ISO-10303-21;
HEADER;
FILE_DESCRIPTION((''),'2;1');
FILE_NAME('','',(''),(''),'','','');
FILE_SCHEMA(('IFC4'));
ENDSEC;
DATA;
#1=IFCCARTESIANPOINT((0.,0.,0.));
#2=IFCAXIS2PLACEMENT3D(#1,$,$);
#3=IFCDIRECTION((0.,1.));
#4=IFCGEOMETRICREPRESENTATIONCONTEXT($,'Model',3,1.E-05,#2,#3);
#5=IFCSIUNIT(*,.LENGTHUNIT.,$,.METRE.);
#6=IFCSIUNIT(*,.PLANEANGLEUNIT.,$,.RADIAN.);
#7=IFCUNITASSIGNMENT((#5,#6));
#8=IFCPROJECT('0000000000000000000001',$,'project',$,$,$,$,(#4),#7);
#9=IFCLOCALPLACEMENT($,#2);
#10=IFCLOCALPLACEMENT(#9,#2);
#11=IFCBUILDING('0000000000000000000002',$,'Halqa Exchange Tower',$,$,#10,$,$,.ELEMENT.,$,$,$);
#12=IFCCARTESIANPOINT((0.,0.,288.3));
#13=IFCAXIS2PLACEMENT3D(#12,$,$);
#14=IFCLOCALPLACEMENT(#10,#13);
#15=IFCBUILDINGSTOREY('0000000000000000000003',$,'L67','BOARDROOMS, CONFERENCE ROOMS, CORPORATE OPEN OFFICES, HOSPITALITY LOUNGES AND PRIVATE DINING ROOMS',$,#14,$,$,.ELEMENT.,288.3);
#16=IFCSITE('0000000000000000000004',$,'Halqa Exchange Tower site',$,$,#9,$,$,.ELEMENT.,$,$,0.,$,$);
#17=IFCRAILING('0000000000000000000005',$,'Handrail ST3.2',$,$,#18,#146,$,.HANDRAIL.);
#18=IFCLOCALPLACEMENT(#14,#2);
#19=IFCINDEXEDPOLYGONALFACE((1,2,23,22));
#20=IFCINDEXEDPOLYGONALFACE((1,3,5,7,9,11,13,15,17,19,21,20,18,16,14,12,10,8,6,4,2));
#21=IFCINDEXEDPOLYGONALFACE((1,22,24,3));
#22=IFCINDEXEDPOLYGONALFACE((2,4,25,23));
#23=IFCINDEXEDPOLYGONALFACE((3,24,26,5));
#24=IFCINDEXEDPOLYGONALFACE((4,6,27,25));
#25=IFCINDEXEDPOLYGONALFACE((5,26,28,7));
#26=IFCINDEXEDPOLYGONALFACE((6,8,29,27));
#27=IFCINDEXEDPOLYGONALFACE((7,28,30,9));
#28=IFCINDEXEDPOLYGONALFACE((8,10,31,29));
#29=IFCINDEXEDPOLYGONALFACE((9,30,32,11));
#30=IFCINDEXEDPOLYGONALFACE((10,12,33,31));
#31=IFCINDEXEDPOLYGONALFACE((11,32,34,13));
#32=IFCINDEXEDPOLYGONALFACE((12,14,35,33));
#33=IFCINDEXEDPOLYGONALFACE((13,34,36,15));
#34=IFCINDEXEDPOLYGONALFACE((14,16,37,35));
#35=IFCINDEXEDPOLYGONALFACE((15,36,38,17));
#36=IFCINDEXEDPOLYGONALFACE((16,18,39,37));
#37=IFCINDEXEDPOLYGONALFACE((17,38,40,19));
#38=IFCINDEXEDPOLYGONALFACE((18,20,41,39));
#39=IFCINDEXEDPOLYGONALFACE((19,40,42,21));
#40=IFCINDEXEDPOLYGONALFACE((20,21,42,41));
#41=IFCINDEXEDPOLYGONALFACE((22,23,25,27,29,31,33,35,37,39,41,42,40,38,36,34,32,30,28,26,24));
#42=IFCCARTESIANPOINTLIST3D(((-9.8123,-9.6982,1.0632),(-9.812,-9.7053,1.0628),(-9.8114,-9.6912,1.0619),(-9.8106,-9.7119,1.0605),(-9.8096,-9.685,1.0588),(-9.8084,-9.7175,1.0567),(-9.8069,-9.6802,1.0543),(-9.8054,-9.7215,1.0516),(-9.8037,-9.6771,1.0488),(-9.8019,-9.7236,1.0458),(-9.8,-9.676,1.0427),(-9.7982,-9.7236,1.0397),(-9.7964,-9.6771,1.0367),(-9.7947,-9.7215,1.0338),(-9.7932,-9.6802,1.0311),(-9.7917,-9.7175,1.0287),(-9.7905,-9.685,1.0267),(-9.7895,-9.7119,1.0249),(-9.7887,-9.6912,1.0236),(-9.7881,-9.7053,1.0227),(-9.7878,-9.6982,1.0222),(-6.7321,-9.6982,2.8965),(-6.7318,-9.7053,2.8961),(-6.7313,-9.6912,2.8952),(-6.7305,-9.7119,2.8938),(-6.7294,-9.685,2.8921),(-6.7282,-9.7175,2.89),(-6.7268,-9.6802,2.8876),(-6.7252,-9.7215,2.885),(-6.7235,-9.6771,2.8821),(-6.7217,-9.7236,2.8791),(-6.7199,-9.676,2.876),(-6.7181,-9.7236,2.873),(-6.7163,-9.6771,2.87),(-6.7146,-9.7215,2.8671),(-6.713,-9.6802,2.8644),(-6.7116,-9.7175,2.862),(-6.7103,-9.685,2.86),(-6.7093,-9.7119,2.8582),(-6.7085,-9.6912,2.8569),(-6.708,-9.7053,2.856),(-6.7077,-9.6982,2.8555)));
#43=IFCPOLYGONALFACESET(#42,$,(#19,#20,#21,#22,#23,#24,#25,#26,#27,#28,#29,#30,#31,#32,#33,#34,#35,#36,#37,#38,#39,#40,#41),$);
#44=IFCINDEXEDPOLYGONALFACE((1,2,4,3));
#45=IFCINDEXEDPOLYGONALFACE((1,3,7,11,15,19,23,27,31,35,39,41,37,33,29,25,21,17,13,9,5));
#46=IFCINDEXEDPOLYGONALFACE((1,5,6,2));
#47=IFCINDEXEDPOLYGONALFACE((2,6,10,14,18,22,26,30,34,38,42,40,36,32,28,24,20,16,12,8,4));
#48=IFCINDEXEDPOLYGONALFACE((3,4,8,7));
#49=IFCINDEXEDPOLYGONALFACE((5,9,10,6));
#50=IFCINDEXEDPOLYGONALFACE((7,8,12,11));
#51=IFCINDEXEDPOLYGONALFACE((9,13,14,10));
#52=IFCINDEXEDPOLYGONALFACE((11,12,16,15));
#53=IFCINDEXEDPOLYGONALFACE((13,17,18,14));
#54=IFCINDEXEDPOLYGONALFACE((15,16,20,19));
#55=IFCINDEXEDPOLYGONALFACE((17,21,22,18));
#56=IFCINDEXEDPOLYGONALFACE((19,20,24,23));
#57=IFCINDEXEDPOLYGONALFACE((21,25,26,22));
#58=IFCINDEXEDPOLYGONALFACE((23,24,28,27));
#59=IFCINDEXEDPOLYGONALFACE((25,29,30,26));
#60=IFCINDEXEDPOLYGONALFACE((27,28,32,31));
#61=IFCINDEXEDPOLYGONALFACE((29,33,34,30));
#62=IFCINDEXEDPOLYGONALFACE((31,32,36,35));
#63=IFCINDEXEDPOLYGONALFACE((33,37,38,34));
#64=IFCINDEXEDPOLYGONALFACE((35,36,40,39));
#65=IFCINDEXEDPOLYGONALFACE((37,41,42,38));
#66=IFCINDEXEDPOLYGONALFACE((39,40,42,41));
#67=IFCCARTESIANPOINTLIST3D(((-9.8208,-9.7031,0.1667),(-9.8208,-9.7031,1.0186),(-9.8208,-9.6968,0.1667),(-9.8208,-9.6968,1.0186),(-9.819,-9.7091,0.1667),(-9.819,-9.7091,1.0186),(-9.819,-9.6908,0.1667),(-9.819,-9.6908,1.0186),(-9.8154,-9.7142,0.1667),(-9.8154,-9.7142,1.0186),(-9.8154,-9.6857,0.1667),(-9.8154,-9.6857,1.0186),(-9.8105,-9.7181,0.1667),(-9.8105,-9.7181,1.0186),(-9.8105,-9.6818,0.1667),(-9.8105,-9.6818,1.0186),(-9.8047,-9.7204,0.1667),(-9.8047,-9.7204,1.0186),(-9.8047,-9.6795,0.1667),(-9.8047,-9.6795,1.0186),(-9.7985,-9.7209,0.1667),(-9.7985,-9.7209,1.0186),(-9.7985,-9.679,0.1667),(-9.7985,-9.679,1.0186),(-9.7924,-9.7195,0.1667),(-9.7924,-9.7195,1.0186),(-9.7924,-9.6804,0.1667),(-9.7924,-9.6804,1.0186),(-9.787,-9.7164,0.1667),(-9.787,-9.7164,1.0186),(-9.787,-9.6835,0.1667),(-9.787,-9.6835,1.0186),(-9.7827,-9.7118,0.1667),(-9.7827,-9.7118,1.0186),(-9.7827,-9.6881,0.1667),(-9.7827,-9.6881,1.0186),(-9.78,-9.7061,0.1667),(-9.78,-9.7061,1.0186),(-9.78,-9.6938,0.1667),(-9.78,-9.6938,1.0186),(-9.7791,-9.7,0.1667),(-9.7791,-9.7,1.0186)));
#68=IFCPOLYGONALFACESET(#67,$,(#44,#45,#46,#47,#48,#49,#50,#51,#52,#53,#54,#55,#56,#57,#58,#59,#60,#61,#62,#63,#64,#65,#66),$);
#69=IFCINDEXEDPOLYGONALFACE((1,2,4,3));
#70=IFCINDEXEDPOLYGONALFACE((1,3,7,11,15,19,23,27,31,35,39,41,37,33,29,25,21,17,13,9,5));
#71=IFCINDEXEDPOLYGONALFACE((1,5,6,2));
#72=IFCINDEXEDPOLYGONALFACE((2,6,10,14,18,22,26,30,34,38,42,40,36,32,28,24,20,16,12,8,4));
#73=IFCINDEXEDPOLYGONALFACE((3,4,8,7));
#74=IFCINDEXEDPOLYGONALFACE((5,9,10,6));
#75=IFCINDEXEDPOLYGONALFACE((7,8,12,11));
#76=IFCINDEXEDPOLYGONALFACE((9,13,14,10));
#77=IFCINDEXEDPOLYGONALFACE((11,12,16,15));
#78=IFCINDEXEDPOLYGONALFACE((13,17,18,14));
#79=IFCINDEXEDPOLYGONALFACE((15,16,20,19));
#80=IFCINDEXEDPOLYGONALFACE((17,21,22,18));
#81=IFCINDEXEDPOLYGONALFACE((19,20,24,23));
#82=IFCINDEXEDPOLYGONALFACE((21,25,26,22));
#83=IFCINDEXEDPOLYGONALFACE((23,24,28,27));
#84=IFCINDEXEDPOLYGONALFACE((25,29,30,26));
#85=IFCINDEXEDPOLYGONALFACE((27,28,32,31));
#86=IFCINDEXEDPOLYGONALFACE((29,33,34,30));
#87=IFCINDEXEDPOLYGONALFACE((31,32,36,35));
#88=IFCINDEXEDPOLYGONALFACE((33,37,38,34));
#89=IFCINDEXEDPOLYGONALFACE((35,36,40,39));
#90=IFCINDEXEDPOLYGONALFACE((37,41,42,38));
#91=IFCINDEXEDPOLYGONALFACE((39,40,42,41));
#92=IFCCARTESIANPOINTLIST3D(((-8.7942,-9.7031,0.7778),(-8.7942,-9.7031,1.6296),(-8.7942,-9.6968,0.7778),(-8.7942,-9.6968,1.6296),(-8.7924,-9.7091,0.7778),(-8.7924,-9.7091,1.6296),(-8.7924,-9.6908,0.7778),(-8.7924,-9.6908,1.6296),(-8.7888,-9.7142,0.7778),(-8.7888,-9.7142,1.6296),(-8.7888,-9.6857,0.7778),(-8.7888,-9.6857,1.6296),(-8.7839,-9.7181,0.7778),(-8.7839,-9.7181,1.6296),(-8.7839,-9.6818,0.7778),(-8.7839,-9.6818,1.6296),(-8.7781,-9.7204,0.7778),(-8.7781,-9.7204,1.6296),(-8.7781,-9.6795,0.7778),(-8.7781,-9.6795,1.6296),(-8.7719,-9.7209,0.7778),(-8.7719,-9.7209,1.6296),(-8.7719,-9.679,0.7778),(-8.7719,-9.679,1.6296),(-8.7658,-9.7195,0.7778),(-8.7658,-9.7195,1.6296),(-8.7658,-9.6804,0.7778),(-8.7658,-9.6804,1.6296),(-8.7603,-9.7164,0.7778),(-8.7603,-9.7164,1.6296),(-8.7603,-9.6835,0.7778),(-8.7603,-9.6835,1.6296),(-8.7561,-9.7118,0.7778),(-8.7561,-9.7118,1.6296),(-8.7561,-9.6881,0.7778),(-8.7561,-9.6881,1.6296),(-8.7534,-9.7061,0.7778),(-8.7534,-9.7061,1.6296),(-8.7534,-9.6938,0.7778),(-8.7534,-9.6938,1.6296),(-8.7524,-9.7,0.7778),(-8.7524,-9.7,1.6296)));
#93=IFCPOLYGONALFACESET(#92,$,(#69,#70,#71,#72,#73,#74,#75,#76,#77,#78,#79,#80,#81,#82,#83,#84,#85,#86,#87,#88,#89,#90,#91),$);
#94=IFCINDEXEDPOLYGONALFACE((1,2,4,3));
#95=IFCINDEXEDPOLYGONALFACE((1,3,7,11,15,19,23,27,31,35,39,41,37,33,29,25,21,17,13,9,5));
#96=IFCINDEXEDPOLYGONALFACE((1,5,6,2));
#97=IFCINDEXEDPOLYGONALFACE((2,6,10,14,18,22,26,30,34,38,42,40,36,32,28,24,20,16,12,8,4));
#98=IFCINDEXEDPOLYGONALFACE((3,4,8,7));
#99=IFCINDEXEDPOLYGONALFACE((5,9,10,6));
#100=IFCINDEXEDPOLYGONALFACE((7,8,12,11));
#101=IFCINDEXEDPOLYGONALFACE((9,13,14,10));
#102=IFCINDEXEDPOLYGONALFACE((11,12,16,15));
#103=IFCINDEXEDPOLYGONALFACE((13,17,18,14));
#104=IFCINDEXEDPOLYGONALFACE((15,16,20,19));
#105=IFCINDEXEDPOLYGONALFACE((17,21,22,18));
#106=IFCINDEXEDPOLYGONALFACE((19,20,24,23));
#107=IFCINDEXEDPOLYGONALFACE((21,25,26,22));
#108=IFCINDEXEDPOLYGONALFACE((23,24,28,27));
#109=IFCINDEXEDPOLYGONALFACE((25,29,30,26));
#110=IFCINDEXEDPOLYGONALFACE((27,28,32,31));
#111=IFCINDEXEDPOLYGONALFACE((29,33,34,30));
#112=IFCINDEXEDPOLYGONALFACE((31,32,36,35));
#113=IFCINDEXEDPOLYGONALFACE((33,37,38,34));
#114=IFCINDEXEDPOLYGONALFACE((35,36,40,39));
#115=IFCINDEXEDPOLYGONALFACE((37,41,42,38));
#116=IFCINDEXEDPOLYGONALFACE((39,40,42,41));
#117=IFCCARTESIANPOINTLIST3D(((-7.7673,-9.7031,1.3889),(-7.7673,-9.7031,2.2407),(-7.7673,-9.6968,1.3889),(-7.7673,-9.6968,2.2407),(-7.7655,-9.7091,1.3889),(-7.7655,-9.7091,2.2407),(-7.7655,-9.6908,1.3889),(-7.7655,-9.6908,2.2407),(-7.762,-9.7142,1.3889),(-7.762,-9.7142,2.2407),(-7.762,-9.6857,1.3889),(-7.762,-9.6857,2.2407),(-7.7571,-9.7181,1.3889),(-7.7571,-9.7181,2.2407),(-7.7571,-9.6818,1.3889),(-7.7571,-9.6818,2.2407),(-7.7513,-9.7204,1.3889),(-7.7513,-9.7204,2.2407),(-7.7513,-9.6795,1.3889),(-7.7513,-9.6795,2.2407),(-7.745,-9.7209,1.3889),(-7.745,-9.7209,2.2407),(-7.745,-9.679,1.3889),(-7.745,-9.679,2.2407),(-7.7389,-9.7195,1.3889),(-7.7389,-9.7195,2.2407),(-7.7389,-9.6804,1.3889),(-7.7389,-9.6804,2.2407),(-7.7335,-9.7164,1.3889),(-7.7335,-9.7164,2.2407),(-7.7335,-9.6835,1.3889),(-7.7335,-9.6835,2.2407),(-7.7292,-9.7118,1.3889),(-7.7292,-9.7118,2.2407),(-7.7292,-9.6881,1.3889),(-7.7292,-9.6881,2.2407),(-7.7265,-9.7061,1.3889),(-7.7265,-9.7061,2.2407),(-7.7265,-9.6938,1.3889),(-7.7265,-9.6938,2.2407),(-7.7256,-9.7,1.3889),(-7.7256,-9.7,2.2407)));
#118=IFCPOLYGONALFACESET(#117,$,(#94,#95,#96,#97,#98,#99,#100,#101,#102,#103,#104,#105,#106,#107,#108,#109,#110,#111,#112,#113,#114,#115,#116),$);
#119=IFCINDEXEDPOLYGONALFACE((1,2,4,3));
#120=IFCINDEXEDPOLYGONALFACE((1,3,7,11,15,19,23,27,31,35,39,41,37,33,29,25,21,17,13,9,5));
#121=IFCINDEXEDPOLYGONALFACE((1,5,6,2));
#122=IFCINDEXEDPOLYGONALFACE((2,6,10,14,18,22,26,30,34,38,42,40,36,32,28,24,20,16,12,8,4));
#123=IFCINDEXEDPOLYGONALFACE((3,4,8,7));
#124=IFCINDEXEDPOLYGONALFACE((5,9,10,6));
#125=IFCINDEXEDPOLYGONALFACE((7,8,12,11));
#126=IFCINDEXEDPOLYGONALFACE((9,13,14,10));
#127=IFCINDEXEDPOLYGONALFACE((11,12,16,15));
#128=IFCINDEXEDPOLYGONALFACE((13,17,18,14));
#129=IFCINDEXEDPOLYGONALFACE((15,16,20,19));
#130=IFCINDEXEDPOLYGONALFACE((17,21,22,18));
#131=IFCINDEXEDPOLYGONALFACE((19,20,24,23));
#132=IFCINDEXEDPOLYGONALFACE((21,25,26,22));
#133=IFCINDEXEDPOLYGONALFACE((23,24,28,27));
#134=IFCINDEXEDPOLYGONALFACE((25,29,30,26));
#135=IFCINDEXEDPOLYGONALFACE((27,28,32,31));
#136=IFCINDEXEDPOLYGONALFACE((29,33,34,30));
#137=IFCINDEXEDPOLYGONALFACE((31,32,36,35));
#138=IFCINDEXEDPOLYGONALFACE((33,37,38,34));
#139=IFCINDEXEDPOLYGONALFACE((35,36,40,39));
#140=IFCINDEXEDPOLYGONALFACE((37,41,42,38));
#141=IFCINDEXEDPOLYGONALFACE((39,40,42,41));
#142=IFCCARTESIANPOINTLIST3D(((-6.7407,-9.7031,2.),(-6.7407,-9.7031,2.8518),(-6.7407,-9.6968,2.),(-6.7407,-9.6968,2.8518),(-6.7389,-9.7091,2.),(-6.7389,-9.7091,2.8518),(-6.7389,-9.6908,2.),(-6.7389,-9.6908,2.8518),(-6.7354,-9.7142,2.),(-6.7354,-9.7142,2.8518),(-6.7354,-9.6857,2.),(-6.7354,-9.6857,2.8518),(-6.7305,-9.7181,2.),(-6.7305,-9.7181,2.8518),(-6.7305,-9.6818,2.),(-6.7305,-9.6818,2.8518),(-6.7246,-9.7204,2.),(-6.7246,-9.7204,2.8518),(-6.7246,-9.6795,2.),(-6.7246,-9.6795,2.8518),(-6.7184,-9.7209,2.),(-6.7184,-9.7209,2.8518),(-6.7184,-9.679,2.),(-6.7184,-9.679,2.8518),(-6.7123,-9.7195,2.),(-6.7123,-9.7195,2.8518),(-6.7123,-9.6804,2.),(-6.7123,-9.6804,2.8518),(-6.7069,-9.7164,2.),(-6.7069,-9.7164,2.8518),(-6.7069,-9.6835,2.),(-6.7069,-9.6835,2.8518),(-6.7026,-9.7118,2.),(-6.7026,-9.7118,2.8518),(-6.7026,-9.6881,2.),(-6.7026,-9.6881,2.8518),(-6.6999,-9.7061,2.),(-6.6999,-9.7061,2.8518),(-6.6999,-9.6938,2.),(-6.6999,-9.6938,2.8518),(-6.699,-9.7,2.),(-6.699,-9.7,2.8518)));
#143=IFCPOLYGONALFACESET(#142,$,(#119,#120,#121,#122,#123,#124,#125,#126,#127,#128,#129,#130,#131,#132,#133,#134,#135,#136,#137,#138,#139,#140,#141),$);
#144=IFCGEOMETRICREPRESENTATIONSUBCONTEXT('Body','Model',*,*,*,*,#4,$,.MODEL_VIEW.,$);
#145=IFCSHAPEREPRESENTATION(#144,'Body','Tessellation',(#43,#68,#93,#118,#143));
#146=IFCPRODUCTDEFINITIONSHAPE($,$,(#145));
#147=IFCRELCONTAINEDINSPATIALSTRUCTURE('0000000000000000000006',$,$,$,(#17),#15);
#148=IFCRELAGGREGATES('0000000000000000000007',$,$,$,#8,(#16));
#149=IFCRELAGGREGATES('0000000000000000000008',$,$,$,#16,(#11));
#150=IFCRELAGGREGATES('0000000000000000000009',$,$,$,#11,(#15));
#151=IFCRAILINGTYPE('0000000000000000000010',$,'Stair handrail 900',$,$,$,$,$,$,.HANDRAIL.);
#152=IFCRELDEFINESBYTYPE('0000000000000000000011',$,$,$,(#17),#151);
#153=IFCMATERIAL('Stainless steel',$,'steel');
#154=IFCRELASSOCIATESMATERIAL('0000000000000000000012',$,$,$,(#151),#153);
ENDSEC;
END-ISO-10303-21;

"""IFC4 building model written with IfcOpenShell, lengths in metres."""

from ifc_helpers import new_model, si_unit, direction, frame, origin, origin_2d, place, context, subcontext, project, spatial, circle, extrude, material, type_object, element, save


model = new_model("IFC4")

# Units and contexts
model_context = context("Model", 3, precision=1e-05, world=origin(), true_north=direction((0.0, 1.0)))
body_context = subcontext(model_context, "Body", "Model", "MODEL_VIEW")
ifc_project = project(units=[si_unit("LENGTHUNIT", "METRE"), si_unit("PLANEANGLEUNIT", "RADIAN")], contexts=[model_context])

# Site, building, storey
site_placement = place(None, origin())
site = spatial("IfcSite", under=ifc_project, at=site_placement, Name="Halqa Exchange Tower site", CompositionType="ELEMENT", RefElevation=0.0)
building_placement = place(site_placement, origin())
building = spatial("IfcBuilding", under=site, at=building_placement, Name="Halqa Exchange Tower", CompositionType="ELEMENT")
storey_placement = place(building_placement, frame((0.0, 0.0, 288.3)))
storey = spatial("IfcBuildingStorey", under=building, at=storey_placement, Name="L67", Description="BOARDROOMS, CONFERENCE ROOMS, CORPORATE OPEN OFFICES, HOSPITALITY LOUNGES AND PRIVATE DINING ROOMS", CompositionType="ELEMENT", Elevation=288.3)

# Shared definitions
ifc_material_1 = material(Name="Stainless steel", Category="steel")

# Railing
railing_type_1 = type_object("IfcRailingType", Name="Stair handrail 900", PredefinedType="HANDRAIL", material=ifc_material_1)
railing_1_placement = place(storey_placement, frame((-9.8, -9.7, 0.1667)))
element("IfcRailing", 1, at=railing_1_placement, inside=storey, type_object=railing_type_1, Name="Handrail ST3.2", PredefinedType="HANDRAIL", context=body_context, shape_type="SweptSolid", body=[
    extrude(circle(Radius=0.0239, at=origin_2d()), frame((0.0, 0.0, 0.876), z_axis=(0.859309, 0.0, 0.511458), x_axis=(0.0, 1.0, 0.0)), (0.0, 0.0, 1.0), 3.5845),
    extrude(circle(Radius=0.021, at=origin_2d()), origin(), (0.0, 0.0, 1.0), 0.8518),
    extrude(circle(Radius=0.021, at=origin_2d()), frame((1.0266, 0.0, 0.6111)), (0.0, 0.0, 1.0), 0.8518),
    extrude(circle(Radius=0.021, at=origin_2d()), frame((2.0535, 0.0, 1.2222)), (0.0, 0.0, 1.0), 0.8518),
    extrude(circle(Radius=0.021, at=origin_2d()), frame((3.0801, 0.0, 1.8333)), (0.0, 0.0, 1.0), 0.8518),
])

save(model, "model.ifc")
